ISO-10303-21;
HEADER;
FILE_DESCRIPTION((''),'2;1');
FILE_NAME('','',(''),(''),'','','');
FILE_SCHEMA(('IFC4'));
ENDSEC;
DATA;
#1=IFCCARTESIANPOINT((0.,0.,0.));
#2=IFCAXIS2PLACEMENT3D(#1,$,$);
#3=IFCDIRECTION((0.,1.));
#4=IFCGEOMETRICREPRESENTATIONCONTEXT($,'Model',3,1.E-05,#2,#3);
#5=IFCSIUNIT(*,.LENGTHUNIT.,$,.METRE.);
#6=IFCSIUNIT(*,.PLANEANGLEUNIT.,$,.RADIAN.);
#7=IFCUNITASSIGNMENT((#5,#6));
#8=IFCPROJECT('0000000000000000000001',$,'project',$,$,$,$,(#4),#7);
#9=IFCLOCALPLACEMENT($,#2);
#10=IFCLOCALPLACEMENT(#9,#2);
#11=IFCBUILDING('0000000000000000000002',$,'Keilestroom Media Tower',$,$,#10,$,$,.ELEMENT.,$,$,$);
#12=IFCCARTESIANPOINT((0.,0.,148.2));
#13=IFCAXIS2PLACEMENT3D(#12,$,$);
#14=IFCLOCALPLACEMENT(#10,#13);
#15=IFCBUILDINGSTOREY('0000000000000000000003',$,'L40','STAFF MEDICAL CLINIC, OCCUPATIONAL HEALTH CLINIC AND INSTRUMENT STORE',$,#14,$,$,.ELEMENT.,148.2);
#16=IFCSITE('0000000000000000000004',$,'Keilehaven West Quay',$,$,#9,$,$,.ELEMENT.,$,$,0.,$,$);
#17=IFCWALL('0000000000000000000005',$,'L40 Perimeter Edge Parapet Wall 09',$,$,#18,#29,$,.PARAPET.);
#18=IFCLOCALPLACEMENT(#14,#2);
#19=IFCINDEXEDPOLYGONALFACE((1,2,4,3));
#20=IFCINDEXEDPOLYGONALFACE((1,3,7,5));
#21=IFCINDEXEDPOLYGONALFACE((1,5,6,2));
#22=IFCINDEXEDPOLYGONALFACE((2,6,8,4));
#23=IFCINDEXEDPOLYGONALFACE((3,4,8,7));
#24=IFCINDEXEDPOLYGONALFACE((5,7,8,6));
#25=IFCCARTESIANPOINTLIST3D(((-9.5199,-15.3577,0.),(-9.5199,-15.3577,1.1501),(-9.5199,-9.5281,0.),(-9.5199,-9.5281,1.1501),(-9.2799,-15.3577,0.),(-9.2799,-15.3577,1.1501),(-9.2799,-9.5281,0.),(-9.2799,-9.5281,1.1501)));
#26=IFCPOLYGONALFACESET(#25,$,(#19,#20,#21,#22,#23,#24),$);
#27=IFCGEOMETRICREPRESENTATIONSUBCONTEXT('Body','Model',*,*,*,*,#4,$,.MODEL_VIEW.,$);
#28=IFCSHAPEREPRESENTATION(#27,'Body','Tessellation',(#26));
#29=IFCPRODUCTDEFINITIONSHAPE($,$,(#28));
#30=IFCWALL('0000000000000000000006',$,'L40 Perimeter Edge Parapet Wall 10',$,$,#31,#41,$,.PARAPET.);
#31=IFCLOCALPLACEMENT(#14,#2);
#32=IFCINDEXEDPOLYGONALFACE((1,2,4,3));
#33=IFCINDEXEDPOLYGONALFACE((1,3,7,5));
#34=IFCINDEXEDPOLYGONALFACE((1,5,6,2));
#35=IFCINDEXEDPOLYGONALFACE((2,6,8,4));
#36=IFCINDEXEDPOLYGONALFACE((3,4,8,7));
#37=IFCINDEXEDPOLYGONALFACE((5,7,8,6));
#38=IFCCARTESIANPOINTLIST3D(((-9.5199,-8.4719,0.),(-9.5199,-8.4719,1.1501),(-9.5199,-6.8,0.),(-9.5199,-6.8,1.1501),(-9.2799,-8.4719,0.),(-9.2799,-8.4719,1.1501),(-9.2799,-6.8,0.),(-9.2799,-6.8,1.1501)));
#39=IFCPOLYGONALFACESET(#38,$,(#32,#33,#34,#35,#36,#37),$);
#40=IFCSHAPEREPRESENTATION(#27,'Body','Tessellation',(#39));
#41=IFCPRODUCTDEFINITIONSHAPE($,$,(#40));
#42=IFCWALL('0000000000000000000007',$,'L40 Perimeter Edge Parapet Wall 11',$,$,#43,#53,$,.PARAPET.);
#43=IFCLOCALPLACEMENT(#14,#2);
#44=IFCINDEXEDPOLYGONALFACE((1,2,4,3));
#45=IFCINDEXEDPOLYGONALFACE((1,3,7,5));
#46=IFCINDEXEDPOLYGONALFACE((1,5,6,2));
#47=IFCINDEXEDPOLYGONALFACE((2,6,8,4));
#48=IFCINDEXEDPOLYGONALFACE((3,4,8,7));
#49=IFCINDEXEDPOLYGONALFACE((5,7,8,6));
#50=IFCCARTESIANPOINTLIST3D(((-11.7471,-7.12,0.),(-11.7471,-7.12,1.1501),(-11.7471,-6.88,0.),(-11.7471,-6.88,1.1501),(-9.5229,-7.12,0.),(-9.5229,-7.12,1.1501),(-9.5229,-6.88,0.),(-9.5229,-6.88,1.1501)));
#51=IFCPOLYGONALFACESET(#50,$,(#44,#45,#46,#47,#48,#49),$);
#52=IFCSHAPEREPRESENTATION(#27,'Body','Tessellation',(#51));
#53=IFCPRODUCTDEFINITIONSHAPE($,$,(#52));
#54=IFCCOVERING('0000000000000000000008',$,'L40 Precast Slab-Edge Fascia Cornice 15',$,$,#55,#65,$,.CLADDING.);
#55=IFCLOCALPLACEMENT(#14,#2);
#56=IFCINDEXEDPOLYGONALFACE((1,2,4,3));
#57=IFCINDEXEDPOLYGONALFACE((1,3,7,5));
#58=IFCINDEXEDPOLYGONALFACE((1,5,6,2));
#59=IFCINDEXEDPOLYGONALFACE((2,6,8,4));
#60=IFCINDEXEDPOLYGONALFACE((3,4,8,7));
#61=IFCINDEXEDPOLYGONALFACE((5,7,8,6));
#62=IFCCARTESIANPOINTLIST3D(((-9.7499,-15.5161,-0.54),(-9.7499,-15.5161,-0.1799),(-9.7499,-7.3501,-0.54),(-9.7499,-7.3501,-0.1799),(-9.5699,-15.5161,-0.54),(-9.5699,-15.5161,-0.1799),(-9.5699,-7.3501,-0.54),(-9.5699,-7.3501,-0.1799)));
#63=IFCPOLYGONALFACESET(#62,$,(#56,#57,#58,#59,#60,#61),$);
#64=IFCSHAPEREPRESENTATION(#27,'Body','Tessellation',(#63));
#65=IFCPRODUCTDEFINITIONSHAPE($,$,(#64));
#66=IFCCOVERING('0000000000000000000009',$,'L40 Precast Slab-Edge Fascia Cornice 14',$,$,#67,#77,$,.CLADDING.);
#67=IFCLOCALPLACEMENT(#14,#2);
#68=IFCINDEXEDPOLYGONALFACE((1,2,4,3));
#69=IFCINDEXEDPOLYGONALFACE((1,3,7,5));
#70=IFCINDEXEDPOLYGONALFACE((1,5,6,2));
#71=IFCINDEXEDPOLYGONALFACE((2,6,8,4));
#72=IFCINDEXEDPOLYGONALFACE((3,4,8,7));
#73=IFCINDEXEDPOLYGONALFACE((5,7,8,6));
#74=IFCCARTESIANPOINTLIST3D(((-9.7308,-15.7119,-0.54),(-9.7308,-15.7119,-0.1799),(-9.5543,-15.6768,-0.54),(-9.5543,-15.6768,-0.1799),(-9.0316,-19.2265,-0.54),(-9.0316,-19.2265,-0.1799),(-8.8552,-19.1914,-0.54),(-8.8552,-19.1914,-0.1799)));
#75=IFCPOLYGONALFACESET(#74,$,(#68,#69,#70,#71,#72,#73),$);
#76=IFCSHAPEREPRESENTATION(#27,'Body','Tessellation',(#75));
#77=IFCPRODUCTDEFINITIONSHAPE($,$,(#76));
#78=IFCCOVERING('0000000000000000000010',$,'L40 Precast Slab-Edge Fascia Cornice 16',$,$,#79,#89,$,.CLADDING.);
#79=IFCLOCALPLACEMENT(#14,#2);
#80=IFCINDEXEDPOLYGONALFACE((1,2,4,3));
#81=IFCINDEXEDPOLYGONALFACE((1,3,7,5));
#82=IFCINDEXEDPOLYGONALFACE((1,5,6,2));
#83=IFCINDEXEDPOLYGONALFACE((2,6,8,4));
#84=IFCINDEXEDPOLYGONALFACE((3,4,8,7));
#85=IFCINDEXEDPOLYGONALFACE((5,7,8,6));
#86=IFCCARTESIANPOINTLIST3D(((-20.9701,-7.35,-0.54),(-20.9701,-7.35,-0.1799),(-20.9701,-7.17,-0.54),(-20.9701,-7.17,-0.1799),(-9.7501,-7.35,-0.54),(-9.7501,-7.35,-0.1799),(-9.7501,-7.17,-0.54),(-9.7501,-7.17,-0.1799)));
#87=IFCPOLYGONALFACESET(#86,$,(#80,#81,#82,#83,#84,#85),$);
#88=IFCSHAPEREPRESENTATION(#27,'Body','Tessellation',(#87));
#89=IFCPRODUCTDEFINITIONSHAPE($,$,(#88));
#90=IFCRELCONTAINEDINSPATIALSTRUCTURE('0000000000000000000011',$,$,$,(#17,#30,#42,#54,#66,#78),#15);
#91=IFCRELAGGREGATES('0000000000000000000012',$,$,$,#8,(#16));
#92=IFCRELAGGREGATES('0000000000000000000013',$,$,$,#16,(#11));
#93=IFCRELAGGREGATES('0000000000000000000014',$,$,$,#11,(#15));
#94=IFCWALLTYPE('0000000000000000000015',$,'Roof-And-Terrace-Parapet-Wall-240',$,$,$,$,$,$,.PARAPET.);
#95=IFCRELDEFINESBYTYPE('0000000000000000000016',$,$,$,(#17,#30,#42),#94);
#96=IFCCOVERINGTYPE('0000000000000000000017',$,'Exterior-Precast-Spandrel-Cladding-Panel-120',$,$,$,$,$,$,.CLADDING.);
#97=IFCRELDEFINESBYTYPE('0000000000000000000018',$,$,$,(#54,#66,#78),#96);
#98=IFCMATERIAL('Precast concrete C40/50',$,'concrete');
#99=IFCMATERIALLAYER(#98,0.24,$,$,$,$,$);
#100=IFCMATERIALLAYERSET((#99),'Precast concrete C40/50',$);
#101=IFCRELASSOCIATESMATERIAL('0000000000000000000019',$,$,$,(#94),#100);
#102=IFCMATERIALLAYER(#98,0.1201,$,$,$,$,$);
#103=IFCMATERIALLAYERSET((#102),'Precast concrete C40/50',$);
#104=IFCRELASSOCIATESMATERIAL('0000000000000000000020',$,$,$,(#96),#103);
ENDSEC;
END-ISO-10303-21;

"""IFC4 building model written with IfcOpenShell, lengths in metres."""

from ifc_helpers import new_model, si_unit, direction, frame, frame_2d, origin, origin_2d, place, context, subcontext, project, spatial, rectangle, extrude, source, transform, mapped, material, layer, layer_set, type_object, element, save


model = new_model("IFC4")

# Units and contexts
model_context = context("Model", 3, precision=1e-05, world=origin(), true_north=direction((0.0, 1.0)))
body_context = subcontext(model_context, "Body", "Model", "MODEL_VIEW")
ifc_project = project(units=[si_unit("LENGTHUNIT", "METRE"), si_unit("PLANEANGLEUNIT", "RADIAN")], contexts=[model_context])

# Site, building, storey
site_placement = place(None, origin())
site = spatial("IfcSite", under=ifc_project, at=site_placement, Name="Keilehaven West Quay", CompositionType="ELEMENT", RefElevation=0.0)
building_placement = place(site_placement, origin())
building = spatial("IfcBuilding", under=site, at=building_placement, Name="Keilestroom Media Tower", CompositionType="ELEMENT")
storey_placement = place(building_placement, frame((0.0, 0.0, 148.2)))
storey = spatial("IfcBuildingStorey", under=building, at=storey_placement, Name="L40", Description="STAFF MEDICAL CLINIC, OCCUPATIONAL HEALTH CLINIC AND INSTRUMENT STORE", CompositionType="ELEMENT", Elevation=148.2)

# Shared definitions
ifc_material_1 = material(Name="Precast concrete C40/50", Category="concrete")

# Walls
ifc_layer_1 = layer(ifc_material_1, 0.24)
ifc_layer_set_1 = layer_set([ifc_layer_1], Name="Precast concrete C40/50")
wall_type_1 = type_object("IfcWallType", Name="Roof-And-Terrace-Parapet-Wall-240", PredefinedType="PARAPET", material=ifc_layer_set_1)
wall_1_placement = place(storey_placement, frame((-9.3999, -15.3577, 0.0), z_axis=(0.0, 0.0, 1.0), x_axis=(0.0, 1.0, 0.0)))
element("IfcWall", 1, at=wall_1_placement, inside=storey, type_object=wall_type_1, Name="L40 Perimeter Edge Parapet Wall 09", PredefinedType="PARAPET", context=body_context, shape_type="SweptSolid", body=[
    extrude(rectangle(XDim=5.8296, YDim=0.24, at=frame_2d((2.9148, 0.0))), origin(), (0.0, 0.0, 1.0), 1.1501),
])
wall_2_placement = place(storey_placement, frame((-9.3999, -8.4719, 0.0), z_axis=(0.0, 0.0, 1.0), x_axis=(0.0, 1.0, 0.0)))
element("IfcWall", 2, at=wall_2_placement, inside=storey, type_object=wall_type_1, Name="L40 Perimeter Edge Parapet Wall 10", PredefinedType="PARAPET", context=body_context, shape_type="SweptSolid", body=[
    extrude(rectangle(XDim=1.6719, YDim=0.24, at=frame_2d((0.8359, 0.0))), origin(), (0.0, 0.0, 1.0), 1.1501),
])
wall_3_placement = place(storey_placement, frame((-9.5229, -7.0, 0.0), z_axis=(0.0, 0.0, 1.0), x_axis=(-1.0, 0.0, 0.0)))
element("IfcWall", 3, at=wall_3_placement, inside=storey, type_object=wall_type_1, Name="L40 Perimeter Edge Parapet Wall 11", PredefinedType="PARAPET", context=body_context, shape_type="SweptSolid", body=[
    extrude(rectangle(XDim=2.2241, YDim=0.24, at=frame_2d((1.1121, 0.0))), origin(), (0.0, 0.0, 1.0), 1.1501),
])

# Coverings
ifc_layer_2 = layer(ifc_material_1, 0.1201)
ifc_layer_set_2 = layer_set([ifc_layer_2], Name="Precast concrete C40/50")
covering_type = type_object("IfcCoveringType", Name="Exterior-Precast-Spandrel-Cladding-Panel-120", PredefinedType="CLADDING", material=ifc_layer_set_2)
shared_shape_1 = source(origin(), body_context, "Body", "SweptSolid", [
    extrude(rectangle(XDim=8.166, YDim=0.1799, at=origin_2d()), origin(), (0.0, 0.0, 1.0), 0.3601),
])
covering_1_placement = place(storey_placement, frame((-9.6599, -11.4331, -0.54), z_axis=(0.0, 0.0, 1.0), x_axis=(0.0, 1.0, 0.0)))
element("IfcCovering", 4, at=covering_1_placement, inside=storey, type_object=covering_type, Name="L40 Precast Slab-Edge Fascia Cornice 15", PredefinedType="CLADDING", context=body_context, shape_type="MappedRepresentation", body=[
    mapped(shared_shape_1, transform((0.0, 0.0, 0.0), x_axis=(1.0, 0.0, 0.0), y_axis=(0.0, 1.0, 0.0), z_axis=(0.0, 0.0, 1.0), scale=1.0)),
])
shared_shape_2 = source(origin(), body_context, "Body", "SweptSolid", [
    extrude(rectangle(XDim=3.5835, YDim=0.1799, at=origin_2d()), origin(), (0.0, 0.0, 1.0), 0.3601),
])
covering_2_placement = place(storey_placement, frame((-9.293, -17.4517, -0.54), z_axis=(0.0, 0.0, 1.0), x_axis=(-0.195099, 0.980784, 0.0)))
element("IfcCovering", 5, at=covering_2_placement, inside=storey, type_object=covering_type, Name="L40 Precast Slab-Edge Fascia Cornice 14", PredefinedType="CLADDING", context=body_context, shape_type="MappedRepresentation", body=[
    mapped(shared_shape_2, transform((0.0, 0.0, 0.0), x_axis=(1.0, 0.0, 0.0), y_axis=(0.0, 1.0, 0.0), z_axis=(0.0, 0.0, 1.0), scale=1.0)),
])
shared_shape_3 = source(origin(), body_context, "Body", "SweptSolid", [
    extrude(rectangle(XDim=11.22, YDim=0.1799, at=origin_2d()), origin(), (0.0, 0.0, 1.0), 0.3601),
])
covering_3_placement = place(storey_placement, frame((-15.3601, -7.26, -0.54), z_axis=(0.0, 0.0, 1.0), x_axis=(-1.0, 0.0, 0.0)))
element("IfcCovering", 6, at=covering_3_placement, inside=storey, type_object=covering_type, Name="L40 Precast Slab-Edge Fascia Cornice 16", PredefinedType="CLADDING", context=body_context, shape_type="MappedRepresentation", body=[
    mapped(shared_shape_3, transform((0.0, 0.0, 0.0), x_axis=(1.0, 0.0, 0.0), y_axis=(0.0, 1.0, 0.0), z_axis=(0.0, 0.0, 1.0), scale=1.0)),
])

save(model, "model.ifc")
